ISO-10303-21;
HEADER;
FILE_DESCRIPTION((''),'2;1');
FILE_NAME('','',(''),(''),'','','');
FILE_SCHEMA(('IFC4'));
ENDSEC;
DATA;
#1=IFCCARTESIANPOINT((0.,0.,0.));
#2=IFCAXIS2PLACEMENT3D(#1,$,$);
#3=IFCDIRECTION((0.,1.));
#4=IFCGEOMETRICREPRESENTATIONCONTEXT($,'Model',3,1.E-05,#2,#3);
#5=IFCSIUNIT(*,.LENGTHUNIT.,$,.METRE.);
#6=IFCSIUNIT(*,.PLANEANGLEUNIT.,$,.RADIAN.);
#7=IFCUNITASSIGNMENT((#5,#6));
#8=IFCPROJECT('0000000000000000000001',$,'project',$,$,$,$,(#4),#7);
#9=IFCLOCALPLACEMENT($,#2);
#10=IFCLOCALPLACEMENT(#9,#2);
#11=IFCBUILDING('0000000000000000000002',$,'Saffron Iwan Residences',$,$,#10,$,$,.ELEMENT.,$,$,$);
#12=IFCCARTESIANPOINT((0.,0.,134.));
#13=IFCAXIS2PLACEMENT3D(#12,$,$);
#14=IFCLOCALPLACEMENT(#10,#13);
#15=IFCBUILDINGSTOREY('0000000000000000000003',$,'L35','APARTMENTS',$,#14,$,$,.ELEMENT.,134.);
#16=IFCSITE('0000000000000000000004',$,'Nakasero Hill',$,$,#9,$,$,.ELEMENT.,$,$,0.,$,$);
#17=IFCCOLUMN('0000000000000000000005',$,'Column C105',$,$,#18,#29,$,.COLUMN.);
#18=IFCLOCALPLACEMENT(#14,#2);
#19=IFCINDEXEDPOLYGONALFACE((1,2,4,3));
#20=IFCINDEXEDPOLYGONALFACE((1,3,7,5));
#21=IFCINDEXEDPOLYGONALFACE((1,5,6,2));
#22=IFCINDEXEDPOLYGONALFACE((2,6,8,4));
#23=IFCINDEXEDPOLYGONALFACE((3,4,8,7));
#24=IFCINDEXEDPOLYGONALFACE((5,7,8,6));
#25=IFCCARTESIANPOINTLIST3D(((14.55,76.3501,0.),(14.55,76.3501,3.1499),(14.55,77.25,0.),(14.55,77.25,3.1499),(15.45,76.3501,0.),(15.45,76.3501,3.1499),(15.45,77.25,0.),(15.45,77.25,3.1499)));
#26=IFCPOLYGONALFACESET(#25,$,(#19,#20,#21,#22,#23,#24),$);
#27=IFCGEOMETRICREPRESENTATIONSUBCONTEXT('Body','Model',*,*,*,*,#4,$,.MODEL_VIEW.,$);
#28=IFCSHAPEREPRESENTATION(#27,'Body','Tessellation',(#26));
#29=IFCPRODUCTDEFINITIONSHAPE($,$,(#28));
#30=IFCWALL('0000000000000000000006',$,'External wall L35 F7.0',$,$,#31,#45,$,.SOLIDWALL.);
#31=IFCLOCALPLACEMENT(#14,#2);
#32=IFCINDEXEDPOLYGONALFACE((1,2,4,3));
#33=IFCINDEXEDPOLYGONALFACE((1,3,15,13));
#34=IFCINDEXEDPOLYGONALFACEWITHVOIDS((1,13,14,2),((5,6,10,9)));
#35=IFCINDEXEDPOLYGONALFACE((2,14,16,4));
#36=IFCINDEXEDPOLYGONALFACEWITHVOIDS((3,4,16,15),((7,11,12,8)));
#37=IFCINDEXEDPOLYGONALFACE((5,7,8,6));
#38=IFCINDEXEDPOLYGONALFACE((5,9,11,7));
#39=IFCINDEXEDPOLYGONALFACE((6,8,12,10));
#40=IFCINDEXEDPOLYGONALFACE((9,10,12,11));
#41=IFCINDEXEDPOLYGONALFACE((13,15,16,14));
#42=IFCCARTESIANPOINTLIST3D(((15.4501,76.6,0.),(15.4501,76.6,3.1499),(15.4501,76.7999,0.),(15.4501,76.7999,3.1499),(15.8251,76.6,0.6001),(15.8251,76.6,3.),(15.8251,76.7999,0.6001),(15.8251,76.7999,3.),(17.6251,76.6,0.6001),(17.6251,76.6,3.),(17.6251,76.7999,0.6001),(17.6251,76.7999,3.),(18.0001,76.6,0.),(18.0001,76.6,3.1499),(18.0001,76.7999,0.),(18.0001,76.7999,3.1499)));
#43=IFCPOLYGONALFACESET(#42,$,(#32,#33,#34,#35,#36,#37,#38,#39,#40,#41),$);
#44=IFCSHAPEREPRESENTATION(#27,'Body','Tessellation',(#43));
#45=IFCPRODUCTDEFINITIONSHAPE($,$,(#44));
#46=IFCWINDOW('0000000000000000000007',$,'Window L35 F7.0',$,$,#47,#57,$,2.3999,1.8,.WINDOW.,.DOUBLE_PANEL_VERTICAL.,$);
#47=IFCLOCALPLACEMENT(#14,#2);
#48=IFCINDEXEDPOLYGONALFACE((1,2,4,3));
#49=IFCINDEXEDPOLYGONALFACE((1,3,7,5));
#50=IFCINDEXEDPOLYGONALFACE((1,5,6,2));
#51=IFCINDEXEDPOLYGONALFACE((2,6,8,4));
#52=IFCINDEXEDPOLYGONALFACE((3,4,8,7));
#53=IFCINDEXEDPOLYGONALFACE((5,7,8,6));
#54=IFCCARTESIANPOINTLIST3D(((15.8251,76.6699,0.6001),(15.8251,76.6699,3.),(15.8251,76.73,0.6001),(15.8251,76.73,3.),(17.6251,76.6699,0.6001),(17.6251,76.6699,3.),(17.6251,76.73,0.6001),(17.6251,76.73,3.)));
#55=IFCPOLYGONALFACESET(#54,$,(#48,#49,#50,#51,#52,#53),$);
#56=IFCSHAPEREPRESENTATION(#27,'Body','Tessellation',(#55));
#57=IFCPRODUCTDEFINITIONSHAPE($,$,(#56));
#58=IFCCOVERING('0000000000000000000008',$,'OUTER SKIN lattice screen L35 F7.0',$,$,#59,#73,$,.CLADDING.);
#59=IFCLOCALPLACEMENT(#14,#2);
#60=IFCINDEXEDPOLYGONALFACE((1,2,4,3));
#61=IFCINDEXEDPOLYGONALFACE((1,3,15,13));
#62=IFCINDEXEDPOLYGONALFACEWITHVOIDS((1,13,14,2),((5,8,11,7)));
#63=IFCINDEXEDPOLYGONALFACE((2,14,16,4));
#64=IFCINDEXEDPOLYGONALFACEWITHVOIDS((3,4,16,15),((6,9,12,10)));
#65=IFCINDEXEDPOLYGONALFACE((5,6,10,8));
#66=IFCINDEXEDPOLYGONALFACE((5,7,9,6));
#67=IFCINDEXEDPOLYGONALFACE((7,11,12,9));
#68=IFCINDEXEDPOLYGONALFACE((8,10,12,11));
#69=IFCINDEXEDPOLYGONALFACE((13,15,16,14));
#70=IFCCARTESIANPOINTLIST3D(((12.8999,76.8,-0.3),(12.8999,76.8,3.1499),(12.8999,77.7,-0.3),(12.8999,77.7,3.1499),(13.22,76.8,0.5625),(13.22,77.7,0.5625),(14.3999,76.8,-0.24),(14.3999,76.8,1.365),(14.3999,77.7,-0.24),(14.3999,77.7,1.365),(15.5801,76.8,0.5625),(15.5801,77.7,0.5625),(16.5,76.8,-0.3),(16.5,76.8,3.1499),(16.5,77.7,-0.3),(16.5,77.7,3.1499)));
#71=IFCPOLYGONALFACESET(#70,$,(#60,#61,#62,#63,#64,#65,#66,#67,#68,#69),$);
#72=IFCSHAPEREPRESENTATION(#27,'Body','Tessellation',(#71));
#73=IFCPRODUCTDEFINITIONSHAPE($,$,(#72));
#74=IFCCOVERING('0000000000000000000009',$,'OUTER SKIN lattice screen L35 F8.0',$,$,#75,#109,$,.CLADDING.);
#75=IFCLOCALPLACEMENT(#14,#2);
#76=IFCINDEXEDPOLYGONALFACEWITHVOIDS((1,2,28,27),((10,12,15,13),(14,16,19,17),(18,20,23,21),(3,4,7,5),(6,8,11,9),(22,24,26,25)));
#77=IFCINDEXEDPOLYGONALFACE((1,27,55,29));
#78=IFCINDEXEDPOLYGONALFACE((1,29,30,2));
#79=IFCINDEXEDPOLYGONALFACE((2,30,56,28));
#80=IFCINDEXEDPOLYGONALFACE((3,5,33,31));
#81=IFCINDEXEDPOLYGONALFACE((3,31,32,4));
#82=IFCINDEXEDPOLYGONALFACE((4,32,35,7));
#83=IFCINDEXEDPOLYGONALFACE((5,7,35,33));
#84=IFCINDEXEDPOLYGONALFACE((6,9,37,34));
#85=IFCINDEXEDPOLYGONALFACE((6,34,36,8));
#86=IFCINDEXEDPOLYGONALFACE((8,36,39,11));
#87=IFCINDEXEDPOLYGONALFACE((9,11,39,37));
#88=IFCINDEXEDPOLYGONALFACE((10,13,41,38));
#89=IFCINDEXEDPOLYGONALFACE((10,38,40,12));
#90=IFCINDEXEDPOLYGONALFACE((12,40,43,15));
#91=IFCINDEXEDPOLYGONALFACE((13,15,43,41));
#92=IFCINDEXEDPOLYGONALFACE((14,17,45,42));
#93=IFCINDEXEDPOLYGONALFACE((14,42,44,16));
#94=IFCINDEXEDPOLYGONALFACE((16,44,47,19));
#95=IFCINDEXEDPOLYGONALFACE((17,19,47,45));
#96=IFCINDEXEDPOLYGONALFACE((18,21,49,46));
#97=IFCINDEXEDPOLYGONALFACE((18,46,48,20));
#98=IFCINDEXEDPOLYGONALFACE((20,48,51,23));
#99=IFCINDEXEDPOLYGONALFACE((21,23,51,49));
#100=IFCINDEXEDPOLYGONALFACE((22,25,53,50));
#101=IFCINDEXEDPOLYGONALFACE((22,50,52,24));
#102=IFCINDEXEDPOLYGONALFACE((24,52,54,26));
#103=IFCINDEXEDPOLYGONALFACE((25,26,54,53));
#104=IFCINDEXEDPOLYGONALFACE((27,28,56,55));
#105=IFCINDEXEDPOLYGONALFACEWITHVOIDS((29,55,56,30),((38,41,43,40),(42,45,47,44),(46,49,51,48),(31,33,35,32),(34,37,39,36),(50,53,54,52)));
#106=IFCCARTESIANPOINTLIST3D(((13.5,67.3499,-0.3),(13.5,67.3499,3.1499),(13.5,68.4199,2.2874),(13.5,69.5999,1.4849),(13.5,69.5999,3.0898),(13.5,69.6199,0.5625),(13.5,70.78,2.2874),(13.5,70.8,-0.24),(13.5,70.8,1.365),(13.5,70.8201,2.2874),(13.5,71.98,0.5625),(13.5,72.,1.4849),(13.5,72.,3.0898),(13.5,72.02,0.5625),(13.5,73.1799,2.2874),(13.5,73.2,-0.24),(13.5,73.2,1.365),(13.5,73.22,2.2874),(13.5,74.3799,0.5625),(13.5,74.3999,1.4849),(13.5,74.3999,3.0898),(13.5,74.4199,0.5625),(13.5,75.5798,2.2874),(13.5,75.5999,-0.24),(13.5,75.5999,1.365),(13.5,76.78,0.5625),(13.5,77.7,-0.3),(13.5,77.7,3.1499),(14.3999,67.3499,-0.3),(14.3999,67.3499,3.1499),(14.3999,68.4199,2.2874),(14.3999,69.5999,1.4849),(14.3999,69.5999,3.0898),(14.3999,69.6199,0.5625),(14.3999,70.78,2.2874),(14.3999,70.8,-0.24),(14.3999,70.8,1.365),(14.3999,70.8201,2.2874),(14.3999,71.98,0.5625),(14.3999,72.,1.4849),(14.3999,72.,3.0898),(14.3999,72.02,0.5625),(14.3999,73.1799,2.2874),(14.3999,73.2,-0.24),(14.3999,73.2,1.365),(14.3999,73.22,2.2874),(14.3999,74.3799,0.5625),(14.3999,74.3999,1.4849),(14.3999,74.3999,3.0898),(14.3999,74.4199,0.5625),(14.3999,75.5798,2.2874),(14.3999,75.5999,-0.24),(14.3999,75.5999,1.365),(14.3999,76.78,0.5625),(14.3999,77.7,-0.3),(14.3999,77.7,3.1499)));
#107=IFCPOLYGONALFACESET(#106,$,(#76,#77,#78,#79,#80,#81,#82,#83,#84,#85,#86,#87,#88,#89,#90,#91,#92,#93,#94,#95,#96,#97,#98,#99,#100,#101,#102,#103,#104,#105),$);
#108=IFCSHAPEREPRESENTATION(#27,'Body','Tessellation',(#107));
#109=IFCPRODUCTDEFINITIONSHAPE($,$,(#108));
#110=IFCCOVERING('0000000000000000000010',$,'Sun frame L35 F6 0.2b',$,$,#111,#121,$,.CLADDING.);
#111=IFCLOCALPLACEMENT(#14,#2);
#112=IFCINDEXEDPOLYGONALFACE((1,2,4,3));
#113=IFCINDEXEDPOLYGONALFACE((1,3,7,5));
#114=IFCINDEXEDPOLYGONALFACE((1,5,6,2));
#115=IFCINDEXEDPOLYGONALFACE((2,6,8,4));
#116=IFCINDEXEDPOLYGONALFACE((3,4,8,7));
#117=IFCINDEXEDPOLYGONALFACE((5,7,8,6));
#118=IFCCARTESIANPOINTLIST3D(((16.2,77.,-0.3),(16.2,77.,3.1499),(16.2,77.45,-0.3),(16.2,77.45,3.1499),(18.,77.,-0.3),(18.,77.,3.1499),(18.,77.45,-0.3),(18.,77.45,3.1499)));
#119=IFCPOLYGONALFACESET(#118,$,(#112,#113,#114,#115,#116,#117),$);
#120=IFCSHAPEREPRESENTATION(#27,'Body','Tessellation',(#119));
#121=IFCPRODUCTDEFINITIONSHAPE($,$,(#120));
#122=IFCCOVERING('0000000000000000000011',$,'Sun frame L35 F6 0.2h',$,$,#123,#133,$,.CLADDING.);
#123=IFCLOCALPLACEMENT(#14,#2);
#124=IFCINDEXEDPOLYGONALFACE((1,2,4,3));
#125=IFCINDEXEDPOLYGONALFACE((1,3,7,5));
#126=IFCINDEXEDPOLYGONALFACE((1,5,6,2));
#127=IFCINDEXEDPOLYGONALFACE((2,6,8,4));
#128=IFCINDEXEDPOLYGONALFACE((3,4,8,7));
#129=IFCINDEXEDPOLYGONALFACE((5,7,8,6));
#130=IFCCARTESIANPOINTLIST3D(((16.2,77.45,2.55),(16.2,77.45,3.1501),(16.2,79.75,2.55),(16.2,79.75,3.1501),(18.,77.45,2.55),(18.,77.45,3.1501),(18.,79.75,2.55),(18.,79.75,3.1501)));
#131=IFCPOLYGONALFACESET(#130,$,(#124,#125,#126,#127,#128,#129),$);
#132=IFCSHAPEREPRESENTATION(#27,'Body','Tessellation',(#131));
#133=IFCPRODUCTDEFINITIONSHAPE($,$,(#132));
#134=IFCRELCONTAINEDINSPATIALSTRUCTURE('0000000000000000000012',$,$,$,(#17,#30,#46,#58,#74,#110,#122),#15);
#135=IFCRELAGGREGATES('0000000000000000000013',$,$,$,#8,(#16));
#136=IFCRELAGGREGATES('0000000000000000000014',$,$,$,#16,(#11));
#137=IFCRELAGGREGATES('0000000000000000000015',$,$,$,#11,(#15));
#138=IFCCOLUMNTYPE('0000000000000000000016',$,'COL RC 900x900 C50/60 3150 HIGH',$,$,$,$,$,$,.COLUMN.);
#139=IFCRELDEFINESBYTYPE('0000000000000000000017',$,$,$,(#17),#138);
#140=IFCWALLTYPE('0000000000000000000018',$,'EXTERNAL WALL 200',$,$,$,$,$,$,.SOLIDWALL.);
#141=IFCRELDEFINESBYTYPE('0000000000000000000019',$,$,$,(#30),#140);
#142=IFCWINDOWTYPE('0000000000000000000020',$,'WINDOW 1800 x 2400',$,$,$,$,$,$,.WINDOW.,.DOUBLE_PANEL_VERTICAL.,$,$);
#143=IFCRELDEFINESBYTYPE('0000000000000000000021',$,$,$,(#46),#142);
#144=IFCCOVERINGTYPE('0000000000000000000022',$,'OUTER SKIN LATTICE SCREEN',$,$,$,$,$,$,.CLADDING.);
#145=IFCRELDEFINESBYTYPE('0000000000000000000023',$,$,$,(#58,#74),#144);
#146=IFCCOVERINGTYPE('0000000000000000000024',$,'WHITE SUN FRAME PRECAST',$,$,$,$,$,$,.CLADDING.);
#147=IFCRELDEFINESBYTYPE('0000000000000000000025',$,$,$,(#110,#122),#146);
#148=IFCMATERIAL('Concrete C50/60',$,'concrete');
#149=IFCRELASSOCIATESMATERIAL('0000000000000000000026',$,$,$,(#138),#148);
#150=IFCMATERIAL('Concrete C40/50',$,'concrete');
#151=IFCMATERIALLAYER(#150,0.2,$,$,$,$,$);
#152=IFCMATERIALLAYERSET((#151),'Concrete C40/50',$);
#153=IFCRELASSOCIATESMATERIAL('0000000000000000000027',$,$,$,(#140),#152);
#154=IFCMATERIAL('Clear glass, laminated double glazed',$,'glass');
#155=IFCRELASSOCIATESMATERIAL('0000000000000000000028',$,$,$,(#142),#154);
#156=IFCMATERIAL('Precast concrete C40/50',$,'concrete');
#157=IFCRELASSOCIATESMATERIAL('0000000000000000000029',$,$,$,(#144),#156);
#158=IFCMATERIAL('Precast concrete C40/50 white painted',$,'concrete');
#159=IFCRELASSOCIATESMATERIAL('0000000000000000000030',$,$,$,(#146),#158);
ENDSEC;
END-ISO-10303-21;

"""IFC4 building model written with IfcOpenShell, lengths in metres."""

from ifc_helpers import new_model, si_unit, direction, frame, frame_2d, origin, origin_2d, place, context, subcontext, project, spatial, polyline, rectangle, outline, extrude, source, transform, mapped, material, layer, layer_set, material_profile, profile_set, type_object, element, fill, save


model = new_model("IFC4")

# Units and contexts
model_context = context("Model", 3, precision=1e-05, world=origin(), true_north=direction((0.0, 1.0)))
body_context = subcontext(model_context, "Body", "Model", "MODEL_VIEW")
ifc_project = project(units=[si_unit("LENGTHUNIT", "METRE"), si_unit("PLANEANGLEUNIT", "RADIAN")], contexts=[model_context])

# Site, building, storey
site_placement = place(None, origin())
site = spatial("IfcSite", under=ifc_project, at=site_placement, Name="Nakasero Hill", CompositionType="ELEMENT", RefElevation=0.0)
building_placement = place(site_placement, origin())
building = spatial("IfcBuilding", under=site, at=building_placement, Name="Saffron Iwan Residences", CompositionType="ELEMENT")
storey_placement = place(building_placement, frame((0.0, 0.0, 134.0)))
storey = spatial("IfcBuildingStorey", under=building, at=storey_placement, Name="L35", Description="APARTMENTS", CompositionType="ELEMENT", Elevation=134.0)

# Column
ifc_material_1 = material(Name="Concrete C50/60", Category="concrete")
ifc_material_profile = material_profile(ifc_material_1, rectangle(XDim=0.8999, YDim=0.8999, at=origin_2d()), Name="RC 900x900")
ifc_profile_set = profile_set([ifc_material_profile], Name="Concrete C50/60")
column_type = type_object("IfcColumnType", Name="COL RC 900x900 C50/60 3150 HIGH", PredefinedType="COLUMN", material=ifc_profile_set)
shared_shape = source(origin(), body_context, "Body", "SweptSolid", [
    extrude(rectangle(XDim=0.8999, YDim=0.8999, at=origin_2d()), origin(), (0.0, 0.0, 1.0), 3.1499),
])
column_placement = place(storey_placement, frame((15.0, 76.8, 0.0), z_axis=(0.0, 0.0, 1.0), x_axis=(1.0, 0.0, 0.0)))
element("IfcColumn", 1, at=column_placement, inside=storey, type_object=column_type, Name="Column C105", PredefinedType="COLUMN", context=body_context, shape_type="MappedRepresentation", body=[
    mapped(shared_shape, transform((0.0, 0.0, 0.0))),
])

# Wall, opening, window
ifc_material_2 = material(Name="Concrete C40/50", Category="concrete")
ifc_layer = layer(ifc_material_2, 0.2)
ifc_layer_set = layer_set([ifc_layer], Name="Concrete C40/50")
wall_type = type_object("IfcWallType", Name="EXTERNAL WALL 200", PredefinedType="SOLIDWALL", material=ifc_layer_set)
wall_placement = place(storey_placement, frame((18.0, 76.7, 0.0), z_axis=(0.0, 0.0, 1.0), x_axis=(-1.0, 0.0, 0.0)))
wall = element("IfcWall", 2, at=wall_placement, inside=storey, type_object=wall_type, Name="External wall L35 F7.0", PredefinedType="SOLIDWALL", context=body_context, shape_type="SweptSolid", body=[
    extrude(rectangle(XDim=2.55, YDim=0.2, at=frame_2d((1.2749, 0.0))), origin(), (0.0, 0.0, 1.0), 3.1499),
])
opening_placement = place(wall_placement, frame((0.375, 0.0, 0.6001)))
opening = element("IfcOpeningElement", 3, at=opening_placement, cuts=wall, PredefinedType="OPENING", context=body_context, shape_type="SweptSolid", body=[
    extrude(rectangle(XDim=1.8, YDim=2.3999, at=frame_2d((0.8999, 1.2))), frame((0.0, 0.1099, 0.0), z_axis=(0.0, -1.0, 0.0), x_axis=(1.0, 0.0, 0.0)), (0.0, 0.0, 1.0), 0.22),
])
ifc_material_3 = material(Name="Clear glass, laminated double glazed", Category="glass")
window_type = type_object("IfcWindowType", Name="WINDOW 1800 x 2400", PartitioningType="DOUBLE_PANEL_VERTICAL", PredefinedType="WINDOW", material=ifc_material_3)
window_placement = place(opening_placement, origin())
window = element("IfcWindow", 4, at=window_placement, inside=storey, type_object=window_type, Name="Window L35 F7.0", OverallHeight=2.3999, OverallWidth=1.8, PartitioningType="DOUBLE_PANEL_VERTICAL", PredefinedType="WINDOW", context=body_context, shape_type="SweptSolid", body=[
    extrude(rectangle(XDim=1.8, YDim=2.3999, at=frame_2d((0.8999, 1.2))), frame((0.0, 0.03, 0.0), z_axis=(0.0, -1.0, 0.0), x_axis=(1.0, 0.0, 0.0)), (0.0, 0.0, 1.0), 0.0601),
])
fill(opening, window)

# Coverings
ifc_material_4 = material(Name="Precast concrete C40/50", Category="concrete")
covering_type_1 = type_object("IfcCoveringType", Name="OUTER SKIN LATTICE SCREEN", PredefinedType="CLADDING", material=ifc_material_4)
covering_1_placement = place(storey_placement, frame((16.5, 76.8, -0.3), z_axis=(0.0, 1.0, 0.0), x_axis=(-1.0, 0.0, 0.0)))
element("IfcCovering", 5, at=covering_1_placement, inside=storey, type_object=covering_type_1, Name="OUTER SKIN lattice screen L35 F7.0", PredefinedType="CLADDING", context=body_context, shape_type="SweptSolid", body=[
    extrude(outline(polyline([(0.0, 0.0), (3.6001, 0.0), (3.6001, 3.45), (0.0, 3.45), (0.0, 0.0)]), holes=[polyline([(0.9199, 0.8625), (2.1001, 0.0601), (3.28, 0.8625), (2.1001, 1.665), (0.9199, 0.8625)])]), origin(), (0.0, 0.0, 1.0), 0.8999),
])
covering_2_placement = place(storey_placement, frame((14.3999, 77.7, -0.3), z_axis=(-1.0, 0.0, 0.0), x_axis=(0.0, -1.0, 0.0)))
element("IfcCovering", 6, at=covering_2_placement, inside=storey, type_object=covering_type_1, Name="OUTER SKIN lattice screen L35 F8.0", PredefinedType="CLADDING", context=body_context, shape_type="SweptSolid", body=[
    extrude(outline(polyline([(0.0, 0.0), (10.3501, 0.0), (10.3501, 3.45), (0.0, 3.45), (0.0, 0.0)]), holes=[polyline([(0.9199, 0.8625), (2.1001, 0.0601), (3.28, 0.8625), (2.1001, 1.665), (0.9199, 0.8625)]), polyline([(3.3201, 0.8625), (4.5, 0.0601), (5.6799, 0.8625), (4.5, 1.665), (3.3201, 0.8625)]), polyline([(5.72, 0.8625), (6.8999, 0.0601), (8.0801, 0.8625), (6.8999, 1.665), (5.72, 0.8625)]), polyline([(2.1201, 2.5874), (3.3, 1.7849), (4.48, 2.5874), (3.3, 3.3899), (2.1201, 2.5874)]), polyline([(4.52, 2.5874), (5.7, 1.7849), (6.8799, 2.5874), (5.7, 3.3899), (4.52, 2.5874)]), polyline([(6.9199, 2.5874), (8.1001, 1.7849), (9.28, 2.5874), (8.1001, 3.3899), (6.9199, 2.5874)])]), origin(), (0.0, 0.0, 1.0), 0.8999),
])
ifc_material_5 = material(Name="Precast concrete C40/50 white painted", Category="concrete")
covering_type_2 = type_object("IfcCoveringType", Name="WHITE SUN FRAME PRECAST", PredefinedType="CLADDING", material=ifc_material_5)
covering_3_placement = place(storey_placement, frame((18.0, 77.45, -0.3), z_axis=(-1.0, 0.0, 0.0), x_axis=(0.0, -1.0, 0.0)))
element("IfcCovering", 7, at=covering_3_placement, inside=storey, type_object=covering_type_2, Name="Sun frame L35 F6 0.2b", PredefinedType="CLADDING", context=body_context, shape_type="SweptSolid", body=[
    extrude(outline(polyline([(0.0, 0.0), (0.45, 0.0), (0.45, 3.45), (0.0, 3.45), (0.0, 0.0)])), origin(), (0.0, 0.0, 1.0), 1.8),
])
covering_4_placement = place(storey_placement, frame((18.0, 79.75, 2.55), z_axis=(-1.0, 0.0, 0.0), x_axis=(0.0, -1.0, 0.0)))
element("IfcCovering", 8, at=covering_4_placement, inside=storey, type_object=covering_type_2, Name="Sun frame L35 F6 0.2h", PredefinedType="CLADDING", context=body_context, shape_type="SweptSolid", body=[
    extrude(outline(polyline([(0.0, 0.0), (2.3, 0.0), (2.3, 0.6001), (0.0, 0.6001), (0.0, 0.0)])), origin(), (0.0, 0.0, 1.0), 1.8),
])

save(model, "model.ifc")
